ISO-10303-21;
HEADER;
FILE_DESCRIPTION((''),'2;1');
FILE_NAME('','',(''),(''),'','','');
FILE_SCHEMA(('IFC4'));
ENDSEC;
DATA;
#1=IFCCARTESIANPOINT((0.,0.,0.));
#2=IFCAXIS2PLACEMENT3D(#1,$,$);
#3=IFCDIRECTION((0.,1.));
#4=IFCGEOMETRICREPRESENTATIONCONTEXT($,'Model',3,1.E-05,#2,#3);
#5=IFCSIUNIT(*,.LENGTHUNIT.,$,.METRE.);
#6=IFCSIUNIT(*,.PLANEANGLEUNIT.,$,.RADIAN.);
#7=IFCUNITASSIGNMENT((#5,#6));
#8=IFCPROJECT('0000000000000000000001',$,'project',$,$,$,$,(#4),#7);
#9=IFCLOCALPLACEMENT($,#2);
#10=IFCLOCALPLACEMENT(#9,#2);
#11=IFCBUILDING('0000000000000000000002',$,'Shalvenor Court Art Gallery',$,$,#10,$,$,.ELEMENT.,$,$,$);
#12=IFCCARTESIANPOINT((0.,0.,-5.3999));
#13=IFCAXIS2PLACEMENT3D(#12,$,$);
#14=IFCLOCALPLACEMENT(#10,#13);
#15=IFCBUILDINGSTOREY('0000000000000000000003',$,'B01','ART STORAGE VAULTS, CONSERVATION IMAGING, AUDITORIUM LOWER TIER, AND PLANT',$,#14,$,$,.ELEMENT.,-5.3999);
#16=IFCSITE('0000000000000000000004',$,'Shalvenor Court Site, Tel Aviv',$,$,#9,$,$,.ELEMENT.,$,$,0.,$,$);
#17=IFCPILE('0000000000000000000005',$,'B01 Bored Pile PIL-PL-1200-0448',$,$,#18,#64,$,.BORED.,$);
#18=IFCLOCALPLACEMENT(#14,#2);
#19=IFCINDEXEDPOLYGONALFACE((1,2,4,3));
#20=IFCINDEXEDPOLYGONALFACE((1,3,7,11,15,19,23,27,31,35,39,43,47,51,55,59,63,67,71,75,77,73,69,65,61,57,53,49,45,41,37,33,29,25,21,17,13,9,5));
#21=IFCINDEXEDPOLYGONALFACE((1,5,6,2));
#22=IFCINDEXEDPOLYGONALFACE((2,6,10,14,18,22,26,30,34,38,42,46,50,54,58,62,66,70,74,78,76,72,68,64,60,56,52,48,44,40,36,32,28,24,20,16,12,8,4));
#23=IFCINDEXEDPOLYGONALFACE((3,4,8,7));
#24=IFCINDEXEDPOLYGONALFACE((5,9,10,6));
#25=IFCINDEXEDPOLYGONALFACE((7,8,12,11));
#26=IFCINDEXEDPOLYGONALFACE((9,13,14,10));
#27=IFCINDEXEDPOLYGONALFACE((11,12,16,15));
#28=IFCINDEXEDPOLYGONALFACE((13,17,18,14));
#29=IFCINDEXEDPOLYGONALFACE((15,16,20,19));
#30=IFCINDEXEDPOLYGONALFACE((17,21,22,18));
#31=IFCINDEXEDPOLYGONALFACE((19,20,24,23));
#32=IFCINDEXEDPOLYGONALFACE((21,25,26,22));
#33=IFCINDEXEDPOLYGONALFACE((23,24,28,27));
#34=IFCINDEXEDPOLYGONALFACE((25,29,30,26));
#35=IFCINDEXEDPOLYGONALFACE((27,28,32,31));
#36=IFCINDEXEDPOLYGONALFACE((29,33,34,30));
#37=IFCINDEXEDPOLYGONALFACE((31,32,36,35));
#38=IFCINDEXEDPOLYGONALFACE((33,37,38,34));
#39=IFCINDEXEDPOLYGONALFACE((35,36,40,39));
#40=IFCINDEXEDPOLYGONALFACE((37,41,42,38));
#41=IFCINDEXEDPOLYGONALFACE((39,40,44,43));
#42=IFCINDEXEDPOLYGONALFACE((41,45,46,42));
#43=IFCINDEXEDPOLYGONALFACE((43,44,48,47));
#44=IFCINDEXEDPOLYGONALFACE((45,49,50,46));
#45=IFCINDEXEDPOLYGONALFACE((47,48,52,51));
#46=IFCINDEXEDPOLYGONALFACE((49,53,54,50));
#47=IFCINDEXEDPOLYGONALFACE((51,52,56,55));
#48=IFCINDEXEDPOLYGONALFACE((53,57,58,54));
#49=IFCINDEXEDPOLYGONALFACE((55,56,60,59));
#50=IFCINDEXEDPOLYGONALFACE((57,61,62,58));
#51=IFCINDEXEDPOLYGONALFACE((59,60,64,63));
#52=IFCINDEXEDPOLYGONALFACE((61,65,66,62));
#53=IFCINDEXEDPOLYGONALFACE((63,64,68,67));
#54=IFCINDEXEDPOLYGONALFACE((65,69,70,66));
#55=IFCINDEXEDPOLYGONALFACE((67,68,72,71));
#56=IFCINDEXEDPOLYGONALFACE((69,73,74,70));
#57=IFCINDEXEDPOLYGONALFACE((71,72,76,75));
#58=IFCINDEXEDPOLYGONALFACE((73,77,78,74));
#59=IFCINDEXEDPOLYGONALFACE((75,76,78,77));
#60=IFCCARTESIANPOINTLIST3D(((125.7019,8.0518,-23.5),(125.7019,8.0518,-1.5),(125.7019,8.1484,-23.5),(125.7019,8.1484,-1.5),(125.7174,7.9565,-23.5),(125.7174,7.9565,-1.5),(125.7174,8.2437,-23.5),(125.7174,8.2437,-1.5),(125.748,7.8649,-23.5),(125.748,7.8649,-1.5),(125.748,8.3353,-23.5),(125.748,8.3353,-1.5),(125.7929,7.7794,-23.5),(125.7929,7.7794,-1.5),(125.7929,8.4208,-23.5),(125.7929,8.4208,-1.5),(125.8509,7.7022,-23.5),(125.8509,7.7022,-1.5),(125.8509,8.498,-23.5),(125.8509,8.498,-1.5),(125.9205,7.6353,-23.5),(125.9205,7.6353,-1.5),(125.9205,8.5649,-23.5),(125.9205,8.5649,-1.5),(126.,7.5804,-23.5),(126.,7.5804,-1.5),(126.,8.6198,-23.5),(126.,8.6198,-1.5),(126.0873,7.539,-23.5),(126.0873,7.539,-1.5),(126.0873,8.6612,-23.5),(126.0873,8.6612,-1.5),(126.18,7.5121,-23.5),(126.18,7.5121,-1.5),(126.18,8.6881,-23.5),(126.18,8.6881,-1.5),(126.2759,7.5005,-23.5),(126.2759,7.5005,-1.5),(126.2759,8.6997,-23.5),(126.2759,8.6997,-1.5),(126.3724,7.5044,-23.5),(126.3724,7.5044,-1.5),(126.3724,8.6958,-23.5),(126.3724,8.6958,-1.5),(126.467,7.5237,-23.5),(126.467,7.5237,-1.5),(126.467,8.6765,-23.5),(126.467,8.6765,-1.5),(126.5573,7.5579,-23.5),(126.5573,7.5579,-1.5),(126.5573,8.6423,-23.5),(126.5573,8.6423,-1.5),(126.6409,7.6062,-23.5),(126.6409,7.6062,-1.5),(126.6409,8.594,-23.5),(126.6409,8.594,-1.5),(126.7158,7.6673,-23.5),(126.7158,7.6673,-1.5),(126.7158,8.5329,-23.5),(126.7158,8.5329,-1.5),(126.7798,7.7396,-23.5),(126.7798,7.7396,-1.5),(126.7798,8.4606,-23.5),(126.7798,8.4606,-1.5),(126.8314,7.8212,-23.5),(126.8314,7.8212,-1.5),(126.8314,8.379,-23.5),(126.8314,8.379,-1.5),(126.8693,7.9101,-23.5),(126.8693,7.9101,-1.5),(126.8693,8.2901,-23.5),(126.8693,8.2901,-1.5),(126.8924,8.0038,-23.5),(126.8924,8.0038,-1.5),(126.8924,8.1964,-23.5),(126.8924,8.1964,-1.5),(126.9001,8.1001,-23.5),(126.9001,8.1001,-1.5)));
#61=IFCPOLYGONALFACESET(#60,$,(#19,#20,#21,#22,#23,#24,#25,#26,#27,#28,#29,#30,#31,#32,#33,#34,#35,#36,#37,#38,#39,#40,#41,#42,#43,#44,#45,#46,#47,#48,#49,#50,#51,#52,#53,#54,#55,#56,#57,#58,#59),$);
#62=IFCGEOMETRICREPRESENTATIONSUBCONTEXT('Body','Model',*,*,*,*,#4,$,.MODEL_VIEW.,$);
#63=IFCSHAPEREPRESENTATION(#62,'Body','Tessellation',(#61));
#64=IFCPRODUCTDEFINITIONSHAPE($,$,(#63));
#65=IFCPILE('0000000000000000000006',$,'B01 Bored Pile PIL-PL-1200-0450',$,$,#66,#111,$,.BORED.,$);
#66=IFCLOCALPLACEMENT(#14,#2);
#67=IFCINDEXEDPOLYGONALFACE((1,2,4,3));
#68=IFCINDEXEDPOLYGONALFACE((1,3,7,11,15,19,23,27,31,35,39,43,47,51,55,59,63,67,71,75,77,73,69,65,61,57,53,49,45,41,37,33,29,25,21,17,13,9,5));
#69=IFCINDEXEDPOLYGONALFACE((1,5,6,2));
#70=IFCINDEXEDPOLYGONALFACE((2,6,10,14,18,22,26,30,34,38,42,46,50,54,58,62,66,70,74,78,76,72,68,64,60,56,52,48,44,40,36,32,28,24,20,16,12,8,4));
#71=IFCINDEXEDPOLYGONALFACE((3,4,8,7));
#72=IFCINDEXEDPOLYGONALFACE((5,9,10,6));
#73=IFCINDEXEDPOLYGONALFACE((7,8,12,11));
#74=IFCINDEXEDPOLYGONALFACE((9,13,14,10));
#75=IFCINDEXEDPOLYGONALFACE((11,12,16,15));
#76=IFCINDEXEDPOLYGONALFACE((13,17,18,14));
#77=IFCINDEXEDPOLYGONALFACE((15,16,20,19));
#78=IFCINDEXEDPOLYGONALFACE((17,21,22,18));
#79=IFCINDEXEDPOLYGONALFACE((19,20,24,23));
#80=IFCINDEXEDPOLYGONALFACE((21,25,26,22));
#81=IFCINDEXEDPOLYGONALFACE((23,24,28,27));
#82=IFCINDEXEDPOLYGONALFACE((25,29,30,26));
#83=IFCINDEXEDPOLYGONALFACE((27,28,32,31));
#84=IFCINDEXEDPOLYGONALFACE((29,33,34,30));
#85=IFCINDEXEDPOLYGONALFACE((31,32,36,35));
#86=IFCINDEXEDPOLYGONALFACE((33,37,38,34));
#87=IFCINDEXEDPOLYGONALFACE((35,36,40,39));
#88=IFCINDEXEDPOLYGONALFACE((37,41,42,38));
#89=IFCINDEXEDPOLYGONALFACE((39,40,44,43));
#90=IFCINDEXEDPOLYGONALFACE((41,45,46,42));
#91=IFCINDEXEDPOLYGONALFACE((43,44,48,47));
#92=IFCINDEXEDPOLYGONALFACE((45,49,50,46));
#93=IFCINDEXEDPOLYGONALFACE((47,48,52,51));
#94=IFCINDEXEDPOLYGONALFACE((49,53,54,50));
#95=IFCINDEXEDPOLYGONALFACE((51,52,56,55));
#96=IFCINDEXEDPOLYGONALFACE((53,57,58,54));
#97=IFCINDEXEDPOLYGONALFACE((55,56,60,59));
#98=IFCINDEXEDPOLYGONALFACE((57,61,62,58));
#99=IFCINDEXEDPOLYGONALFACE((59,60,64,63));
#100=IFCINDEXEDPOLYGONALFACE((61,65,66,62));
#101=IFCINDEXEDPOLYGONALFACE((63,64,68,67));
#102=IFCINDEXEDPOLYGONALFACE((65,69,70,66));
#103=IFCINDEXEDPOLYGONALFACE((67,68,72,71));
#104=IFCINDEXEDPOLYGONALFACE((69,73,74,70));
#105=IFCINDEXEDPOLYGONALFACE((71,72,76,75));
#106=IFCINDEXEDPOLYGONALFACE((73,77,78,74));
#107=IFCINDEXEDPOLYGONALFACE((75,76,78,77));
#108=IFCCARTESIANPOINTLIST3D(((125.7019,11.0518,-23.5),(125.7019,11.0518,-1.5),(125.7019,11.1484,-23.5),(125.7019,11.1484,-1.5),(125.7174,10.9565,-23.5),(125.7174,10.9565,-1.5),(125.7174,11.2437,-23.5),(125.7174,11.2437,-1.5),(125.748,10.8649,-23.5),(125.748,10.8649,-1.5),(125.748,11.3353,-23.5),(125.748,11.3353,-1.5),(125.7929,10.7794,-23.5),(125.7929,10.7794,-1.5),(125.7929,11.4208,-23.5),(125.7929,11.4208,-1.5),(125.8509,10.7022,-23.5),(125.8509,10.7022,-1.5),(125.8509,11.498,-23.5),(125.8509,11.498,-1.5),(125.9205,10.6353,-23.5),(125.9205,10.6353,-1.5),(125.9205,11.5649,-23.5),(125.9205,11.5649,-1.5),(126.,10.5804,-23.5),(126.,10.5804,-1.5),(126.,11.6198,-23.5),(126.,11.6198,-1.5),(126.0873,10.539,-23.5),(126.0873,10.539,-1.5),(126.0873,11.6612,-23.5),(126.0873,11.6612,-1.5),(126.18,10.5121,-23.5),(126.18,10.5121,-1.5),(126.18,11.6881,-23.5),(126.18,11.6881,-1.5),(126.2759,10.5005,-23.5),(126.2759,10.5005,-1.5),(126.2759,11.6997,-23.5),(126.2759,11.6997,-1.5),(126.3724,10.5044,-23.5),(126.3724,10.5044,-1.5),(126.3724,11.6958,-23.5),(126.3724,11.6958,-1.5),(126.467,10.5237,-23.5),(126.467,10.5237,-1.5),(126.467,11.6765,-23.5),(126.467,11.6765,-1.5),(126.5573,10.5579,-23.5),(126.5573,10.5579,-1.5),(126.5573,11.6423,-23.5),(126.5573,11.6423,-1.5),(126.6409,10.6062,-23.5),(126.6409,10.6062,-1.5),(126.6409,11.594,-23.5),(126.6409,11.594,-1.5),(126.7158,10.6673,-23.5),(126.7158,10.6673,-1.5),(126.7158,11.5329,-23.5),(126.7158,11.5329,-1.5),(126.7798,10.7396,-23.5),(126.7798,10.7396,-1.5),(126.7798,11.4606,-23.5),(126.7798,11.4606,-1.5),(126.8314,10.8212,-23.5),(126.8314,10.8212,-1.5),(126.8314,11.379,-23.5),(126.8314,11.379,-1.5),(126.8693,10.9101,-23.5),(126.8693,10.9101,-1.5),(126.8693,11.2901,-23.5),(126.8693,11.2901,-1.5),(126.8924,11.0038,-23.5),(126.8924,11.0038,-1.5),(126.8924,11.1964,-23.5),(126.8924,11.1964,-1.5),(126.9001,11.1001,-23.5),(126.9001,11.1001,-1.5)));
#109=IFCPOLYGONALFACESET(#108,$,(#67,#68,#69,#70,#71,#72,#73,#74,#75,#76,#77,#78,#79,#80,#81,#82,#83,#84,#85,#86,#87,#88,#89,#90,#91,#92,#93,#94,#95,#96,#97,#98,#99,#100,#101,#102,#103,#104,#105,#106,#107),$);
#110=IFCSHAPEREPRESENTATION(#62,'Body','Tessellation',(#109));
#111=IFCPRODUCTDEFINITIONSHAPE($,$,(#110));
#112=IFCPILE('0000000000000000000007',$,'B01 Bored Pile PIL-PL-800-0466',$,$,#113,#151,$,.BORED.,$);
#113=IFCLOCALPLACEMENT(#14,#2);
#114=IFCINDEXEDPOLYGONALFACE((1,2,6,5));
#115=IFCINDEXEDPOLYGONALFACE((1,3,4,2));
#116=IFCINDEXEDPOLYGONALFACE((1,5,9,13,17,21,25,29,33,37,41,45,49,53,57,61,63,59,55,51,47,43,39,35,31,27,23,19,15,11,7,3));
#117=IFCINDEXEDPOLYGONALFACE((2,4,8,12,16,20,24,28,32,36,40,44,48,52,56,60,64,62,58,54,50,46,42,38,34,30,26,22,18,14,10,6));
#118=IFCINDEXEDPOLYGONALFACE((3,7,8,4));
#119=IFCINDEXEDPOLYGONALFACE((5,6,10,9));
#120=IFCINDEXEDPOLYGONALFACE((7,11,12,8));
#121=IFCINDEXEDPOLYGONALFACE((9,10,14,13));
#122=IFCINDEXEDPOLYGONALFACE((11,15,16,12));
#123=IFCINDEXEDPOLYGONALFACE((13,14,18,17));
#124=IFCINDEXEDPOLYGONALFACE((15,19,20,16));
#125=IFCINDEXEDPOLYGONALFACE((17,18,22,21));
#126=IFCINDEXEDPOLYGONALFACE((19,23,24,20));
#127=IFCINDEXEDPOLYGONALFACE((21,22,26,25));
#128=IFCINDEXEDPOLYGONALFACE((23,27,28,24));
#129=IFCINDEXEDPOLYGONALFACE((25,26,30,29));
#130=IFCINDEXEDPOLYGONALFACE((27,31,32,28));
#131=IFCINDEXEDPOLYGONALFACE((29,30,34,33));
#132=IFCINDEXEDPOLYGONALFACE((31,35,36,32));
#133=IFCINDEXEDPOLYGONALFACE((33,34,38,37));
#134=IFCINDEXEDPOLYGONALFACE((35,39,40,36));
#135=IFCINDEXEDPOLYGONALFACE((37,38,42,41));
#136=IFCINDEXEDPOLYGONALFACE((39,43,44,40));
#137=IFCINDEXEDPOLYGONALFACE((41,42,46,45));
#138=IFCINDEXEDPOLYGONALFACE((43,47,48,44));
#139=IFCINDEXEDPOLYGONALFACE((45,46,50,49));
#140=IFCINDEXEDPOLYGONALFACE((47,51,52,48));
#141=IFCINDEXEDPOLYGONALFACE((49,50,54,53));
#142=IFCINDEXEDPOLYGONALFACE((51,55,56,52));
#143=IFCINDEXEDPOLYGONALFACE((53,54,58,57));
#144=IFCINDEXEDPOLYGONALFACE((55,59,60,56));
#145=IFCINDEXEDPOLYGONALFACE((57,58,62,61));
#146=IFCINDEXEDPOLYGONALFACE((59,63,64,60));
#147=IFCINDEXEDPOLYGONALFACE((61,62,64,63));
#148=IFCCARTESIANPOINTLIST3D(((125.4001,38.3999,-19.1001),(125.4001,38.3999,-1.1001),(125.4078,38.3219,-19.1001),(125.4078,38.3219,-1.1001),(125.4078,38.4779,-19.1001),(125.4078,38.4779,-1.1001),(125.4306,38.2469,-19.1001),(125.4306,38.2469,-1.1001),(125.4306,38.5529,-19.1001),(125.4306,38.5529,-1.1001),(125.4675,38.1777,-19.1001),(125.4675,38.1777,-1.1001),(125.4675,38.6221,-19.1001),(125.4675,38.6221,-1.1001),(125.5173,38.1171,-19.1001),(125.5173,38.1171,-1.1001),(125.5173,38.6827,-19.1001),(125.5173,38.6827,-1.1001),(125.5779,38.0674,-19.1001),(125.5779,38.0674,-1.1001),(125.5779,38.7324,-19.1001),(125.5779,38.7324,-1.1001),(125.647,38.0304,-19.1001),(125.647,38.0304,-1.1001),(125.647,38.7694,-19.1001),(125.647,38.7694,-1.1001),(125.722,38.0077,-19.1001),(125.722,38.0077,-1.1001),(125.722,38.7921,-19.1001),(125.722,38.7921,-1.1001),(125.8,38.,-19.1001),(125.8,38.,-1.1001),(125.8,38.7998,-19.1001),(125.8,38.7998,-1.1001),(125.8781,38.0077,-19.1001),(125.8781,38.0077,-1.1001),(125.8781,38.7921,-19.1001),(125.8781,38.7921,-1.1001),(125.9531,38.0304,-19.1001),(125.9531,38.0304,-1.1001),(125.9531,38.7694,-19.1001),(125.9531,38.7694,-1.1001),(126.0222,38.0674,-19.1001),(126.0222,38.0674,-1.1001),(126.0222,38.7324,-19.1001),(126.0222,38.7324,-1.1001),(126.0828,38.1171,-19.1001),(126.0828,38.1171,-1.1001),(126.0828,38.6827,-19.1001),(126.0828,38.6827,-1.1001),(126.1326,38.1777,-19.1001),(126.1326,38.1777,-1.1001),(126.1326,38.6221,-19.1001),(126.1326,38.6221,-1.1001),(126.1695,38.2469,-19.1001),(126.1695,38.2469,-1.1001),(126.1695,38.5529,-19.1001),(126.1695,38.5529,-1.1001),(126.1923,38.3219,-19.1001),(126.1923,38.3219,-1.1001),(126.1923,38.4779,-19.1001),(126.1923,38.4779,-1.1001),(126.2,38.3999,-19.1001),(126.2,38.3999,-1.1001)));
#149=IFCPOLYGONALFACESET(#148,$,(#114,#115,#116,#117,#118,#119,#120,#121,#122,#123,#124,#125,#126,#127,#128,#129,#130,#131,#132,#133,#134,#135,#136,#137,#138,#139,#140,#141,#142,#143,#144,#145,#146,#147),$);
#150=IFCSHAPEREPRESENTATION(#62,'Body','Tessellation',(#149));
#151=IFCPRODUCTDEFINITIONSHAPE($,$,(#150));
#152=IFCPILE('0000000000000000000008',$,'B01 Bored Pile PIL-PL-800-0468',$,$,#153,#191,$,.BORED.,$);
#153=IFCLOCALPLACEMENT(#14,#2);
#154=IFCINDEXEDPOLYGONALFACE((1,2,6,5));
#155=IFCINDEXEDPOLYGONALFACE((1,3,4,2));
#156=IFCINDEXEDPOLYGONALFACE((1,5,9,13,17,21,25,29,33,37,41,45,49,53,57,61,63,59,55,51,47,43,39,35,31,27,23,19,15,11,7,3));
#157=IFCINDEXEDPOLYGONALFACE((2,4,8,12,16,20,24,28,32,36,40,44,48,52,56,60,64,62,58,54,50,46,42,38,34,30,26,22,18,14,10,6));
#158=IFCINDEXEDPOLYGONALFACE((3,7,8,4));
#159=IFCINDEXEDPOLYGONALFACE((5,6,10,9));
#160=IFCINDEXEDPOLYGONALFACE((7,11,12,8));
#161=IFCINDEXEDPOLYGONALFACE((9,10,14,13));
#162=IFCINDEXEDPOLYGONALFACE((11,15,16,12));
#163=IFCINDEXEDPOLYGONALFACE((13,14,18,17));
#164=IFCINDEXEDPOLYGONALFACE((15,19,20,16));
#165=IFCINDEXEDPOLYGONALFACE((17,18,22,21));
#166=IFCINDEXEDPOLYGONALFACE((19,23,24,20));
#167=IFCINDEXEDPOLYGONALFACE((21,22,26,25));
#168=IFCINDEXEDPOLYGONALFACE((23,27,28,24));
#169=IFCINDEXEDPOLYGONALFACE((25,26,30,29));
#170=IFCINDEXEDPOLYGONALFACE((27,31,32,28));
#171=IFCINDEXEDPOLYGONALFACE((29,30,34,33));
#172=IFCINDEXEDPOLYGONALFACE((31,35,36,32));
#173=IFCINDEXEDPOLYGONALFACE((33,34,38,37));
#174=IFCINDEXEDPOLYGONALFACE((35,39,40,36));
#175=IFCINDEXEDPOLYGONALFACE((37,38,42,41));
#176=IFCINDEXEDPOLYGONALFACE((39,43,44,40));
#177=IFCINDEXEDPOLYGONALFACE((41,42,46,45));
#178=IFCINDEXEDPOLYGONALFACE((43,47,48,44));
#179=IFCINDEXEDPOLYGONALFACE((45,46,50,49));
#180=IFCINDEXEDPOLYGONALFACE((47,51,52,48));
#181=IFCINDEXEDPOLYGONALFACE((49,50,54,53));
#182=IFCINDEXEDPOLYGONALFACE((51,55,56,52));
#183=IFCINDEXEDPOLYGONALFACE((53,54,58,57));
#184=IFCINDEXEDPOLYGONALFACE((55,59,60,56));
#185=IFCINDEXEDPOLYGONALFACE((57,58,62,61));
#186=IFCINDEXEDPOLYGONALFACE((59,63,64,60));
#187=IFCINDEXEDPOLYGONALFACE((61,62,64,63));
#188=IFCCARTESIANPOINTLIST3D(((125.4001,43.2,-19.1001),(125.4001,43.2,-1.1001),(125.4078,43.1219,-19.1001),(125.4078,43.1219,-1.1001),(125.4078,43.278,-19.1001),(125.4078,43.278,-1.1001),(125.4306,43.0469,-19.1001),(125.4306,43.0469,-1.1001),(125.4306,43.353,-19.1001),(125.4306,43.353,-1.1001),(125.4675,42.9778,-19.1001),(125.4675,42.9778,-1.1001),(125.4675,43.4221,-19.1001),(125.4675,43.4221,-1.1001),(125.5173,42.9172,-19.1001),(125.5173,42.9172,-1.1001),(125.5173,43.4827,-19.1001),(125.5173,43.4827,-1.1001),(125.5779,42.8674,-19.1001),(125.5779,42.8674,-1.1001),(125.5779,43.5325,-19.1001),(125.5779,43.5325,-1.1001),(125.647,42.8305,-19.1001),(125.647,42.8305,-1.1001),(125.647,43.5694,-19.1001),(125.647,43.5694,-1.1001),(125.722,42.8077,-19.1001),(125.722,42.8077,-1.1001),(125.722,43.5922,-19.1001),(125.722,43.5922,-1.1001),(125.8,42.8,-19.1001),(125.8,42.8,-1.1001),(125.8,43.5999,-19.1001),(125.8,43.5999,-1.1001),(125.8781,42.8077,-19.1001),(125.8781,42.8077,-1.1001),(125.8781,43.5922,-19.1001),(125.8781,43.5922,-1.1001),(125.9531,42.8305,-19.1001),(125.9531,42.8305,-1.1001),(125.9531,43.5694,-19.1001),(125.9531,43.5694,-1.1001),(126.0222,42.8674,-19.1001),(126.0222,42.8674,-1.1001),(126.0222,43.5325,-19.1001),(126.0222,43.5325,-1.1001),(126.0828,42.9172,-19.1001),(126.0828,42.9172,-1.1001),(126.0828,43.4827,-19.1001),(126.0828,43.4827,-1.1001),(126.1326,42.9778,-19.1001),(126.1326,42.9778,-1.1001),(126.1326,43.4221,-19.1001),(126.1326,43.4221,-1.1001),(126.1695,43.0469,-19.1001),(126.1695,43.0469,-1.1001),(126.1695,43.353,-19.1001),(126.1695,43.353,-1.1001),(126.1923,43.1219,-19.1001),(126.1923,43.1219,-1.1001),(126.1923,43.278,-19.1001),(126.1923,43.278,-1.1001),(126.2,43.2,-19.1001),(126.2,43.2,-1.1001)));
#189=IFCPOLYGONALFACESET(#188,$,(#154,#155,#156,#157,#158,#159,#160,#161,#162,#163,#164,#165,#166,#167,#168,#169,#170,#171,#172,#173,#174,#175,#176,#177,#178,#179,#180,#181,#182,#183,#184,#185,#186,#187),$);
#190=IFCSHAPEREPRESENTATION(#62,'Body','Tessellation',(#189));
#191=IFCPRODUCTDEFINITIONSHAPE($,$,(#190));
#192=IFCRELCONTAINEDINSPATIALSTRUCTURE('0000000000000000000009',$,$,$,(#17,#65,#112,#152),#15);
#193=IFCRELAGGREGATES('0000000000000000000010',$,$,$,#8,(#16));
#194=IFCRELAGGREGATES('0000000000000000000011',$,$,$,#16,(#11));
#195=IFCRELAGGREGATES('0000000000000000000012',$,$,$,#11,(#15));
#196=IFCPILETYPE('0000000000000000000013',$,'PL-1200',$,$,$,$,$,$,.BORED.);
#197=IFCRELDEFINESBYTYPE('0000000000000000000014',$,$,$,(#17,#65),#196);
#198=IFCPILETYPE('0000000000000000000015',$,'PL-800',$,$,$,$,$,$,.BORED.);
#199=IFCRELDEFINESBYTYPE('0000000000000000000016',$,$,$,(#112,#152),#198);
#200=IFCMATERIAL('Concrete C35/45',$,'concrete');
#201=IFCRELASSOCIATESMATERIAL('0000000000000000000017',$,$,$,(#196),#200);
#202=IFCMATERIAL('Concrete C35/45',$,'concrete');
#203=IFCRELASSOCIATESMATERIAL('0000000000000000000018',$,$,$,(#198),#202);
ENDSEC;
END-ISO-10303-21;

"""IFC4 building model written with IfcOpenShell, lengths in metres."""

from ifc_helpers import new_model, si_unit, direction, frame, origin, origin_2d, place, context, subcontext, project, spatial, circle, extrude, material, material_profile, profile_set, type_object, element, save


model = new_model("IFC4")

# Units and contexts
model_context = context("Model", 3, precision=1e-05, world=origin(), true_north=direction((0.0, 1.0)))
body_context = subcontext(model_context, "Body", "Model", "MODEL_VIEW")
ifc_project = project(units=[si_unit("LENGTHUNIT", "METRE"), si_unit("PLANEANGLEUNIT", "RADIAN")], contexts=[model_context])

# Site, building, storey
site_placement = place(None, origin())
site = spatial("IfcSite", under=ifc_project, at=site_placement, Name="Shalvenor Court Site, Tel Aviv", CompositionType="ELEMENT", RefElevation=0.0)
building_placement = place(site_placement, origin())
building = spatial("IfcBuilding", under=site, at=building_placement, Name="Shalvenor Court Art Gallery", CompositionType="ELEMENT")
storey_placement = place(building_placement, frame((0.0, 0.0, -5.3999)))
storey = spatial("IfcBuildingStorey", under=building, at=storey_placement, Name="B01", Description="ART STORAGE VAULTS, CONSERVATION IMAGING, AUDITORIUM LOWER TIER, AND PLANT", CompositionType="ELEMENT", Elevation=-5.3999)

# Piles
ifc_material_1 = material(Name="Concrete C35/45", Category="concrete")
ifc_material_profile_1 = material_profile(ifc_material_1, circle(Radius=0.6001, at=origin_2d()), Name="PILE 1200")
ifc_profile_set_1 = profile_set([ifc_material_profile_1], Name="Concrete C35/45")
pile_type_1 = type_object("IfcPileType", Name="PL-1200", PredefinedType="BORED", material=ifc_profile_set_1)
for number, where, z_axis, x_axis, name in (
    (1, (126.3, 8.1001, -1.5), (0.0, 0.0, -1.0), (1.0, 0.0, 0.0), "B01 Bored Pile PIL-PL-1200-0448"),
    (2, (126.3, 11.1001, -1.5), (0.0, 0.0, -1.0), (1.0, 0.0, 0.0), "B01 Bored Pile PIL-PL-1200-0450"),
):
    element("IfcPile", number, at=place(storey_placement, frame(where, z_axis=z_axis, x_axis=x_axis)), inside=storey, type_object=pile_type_1, Name=name, PredefinedType="BORED", context=body_context, shape_type="SweptSolid", body=[
        extrude(circle(Radius=0.6001, at=origin_2d()), origin(), (0.0, 0.0, 1.0), 22.0),
    ])
ifc_material_2 = material(Name="Concrete C35/45", Category="concrete")
ifc_material_profile_2 = material_profile(ifc_material_2, circle(Radius=0.3999, at=origin_2d()), Name="PILE 800")
ifc_profile_set_2 = profile_set([ifc_material_profile_2], Name="Concrete C35/45")
pile_type_2 = type_object("IfcPileType", Name="PL-800", PredefinedType="BORED", material=ifc_profile_set_2)
for number, where, z_axis, x_axis, name in (
    (3, (125.8, 38.3999, -1.1001), (0.0, 0.0, -1.0), (1.0, 0.0, 0.0), "B01 Bored Pile PIL-PL-800-0466"),
    (4, (125.8, 43.2, -1.1001), (0.0, 0.0, -1.0), (1.0, 0.0, 0.0), "B01 Bored Pile PIL-PL-800-0468"),
):
    element("IfcPile", number, at=place(storey_placement, frame(where, z_axis=z_axis, x_axis=x_axis)), inside=storey, type_object=pile_type_2, Name=name, PredefinedType="BORED", context=body_context, shape_type="SweptSolid", body=[
        extrude(circle(Radius=0.3999, at=origin_2d()), origin(), (0.0, 0.0, 1.0), 18.0),
    ])

save(model, "model.ifc")
